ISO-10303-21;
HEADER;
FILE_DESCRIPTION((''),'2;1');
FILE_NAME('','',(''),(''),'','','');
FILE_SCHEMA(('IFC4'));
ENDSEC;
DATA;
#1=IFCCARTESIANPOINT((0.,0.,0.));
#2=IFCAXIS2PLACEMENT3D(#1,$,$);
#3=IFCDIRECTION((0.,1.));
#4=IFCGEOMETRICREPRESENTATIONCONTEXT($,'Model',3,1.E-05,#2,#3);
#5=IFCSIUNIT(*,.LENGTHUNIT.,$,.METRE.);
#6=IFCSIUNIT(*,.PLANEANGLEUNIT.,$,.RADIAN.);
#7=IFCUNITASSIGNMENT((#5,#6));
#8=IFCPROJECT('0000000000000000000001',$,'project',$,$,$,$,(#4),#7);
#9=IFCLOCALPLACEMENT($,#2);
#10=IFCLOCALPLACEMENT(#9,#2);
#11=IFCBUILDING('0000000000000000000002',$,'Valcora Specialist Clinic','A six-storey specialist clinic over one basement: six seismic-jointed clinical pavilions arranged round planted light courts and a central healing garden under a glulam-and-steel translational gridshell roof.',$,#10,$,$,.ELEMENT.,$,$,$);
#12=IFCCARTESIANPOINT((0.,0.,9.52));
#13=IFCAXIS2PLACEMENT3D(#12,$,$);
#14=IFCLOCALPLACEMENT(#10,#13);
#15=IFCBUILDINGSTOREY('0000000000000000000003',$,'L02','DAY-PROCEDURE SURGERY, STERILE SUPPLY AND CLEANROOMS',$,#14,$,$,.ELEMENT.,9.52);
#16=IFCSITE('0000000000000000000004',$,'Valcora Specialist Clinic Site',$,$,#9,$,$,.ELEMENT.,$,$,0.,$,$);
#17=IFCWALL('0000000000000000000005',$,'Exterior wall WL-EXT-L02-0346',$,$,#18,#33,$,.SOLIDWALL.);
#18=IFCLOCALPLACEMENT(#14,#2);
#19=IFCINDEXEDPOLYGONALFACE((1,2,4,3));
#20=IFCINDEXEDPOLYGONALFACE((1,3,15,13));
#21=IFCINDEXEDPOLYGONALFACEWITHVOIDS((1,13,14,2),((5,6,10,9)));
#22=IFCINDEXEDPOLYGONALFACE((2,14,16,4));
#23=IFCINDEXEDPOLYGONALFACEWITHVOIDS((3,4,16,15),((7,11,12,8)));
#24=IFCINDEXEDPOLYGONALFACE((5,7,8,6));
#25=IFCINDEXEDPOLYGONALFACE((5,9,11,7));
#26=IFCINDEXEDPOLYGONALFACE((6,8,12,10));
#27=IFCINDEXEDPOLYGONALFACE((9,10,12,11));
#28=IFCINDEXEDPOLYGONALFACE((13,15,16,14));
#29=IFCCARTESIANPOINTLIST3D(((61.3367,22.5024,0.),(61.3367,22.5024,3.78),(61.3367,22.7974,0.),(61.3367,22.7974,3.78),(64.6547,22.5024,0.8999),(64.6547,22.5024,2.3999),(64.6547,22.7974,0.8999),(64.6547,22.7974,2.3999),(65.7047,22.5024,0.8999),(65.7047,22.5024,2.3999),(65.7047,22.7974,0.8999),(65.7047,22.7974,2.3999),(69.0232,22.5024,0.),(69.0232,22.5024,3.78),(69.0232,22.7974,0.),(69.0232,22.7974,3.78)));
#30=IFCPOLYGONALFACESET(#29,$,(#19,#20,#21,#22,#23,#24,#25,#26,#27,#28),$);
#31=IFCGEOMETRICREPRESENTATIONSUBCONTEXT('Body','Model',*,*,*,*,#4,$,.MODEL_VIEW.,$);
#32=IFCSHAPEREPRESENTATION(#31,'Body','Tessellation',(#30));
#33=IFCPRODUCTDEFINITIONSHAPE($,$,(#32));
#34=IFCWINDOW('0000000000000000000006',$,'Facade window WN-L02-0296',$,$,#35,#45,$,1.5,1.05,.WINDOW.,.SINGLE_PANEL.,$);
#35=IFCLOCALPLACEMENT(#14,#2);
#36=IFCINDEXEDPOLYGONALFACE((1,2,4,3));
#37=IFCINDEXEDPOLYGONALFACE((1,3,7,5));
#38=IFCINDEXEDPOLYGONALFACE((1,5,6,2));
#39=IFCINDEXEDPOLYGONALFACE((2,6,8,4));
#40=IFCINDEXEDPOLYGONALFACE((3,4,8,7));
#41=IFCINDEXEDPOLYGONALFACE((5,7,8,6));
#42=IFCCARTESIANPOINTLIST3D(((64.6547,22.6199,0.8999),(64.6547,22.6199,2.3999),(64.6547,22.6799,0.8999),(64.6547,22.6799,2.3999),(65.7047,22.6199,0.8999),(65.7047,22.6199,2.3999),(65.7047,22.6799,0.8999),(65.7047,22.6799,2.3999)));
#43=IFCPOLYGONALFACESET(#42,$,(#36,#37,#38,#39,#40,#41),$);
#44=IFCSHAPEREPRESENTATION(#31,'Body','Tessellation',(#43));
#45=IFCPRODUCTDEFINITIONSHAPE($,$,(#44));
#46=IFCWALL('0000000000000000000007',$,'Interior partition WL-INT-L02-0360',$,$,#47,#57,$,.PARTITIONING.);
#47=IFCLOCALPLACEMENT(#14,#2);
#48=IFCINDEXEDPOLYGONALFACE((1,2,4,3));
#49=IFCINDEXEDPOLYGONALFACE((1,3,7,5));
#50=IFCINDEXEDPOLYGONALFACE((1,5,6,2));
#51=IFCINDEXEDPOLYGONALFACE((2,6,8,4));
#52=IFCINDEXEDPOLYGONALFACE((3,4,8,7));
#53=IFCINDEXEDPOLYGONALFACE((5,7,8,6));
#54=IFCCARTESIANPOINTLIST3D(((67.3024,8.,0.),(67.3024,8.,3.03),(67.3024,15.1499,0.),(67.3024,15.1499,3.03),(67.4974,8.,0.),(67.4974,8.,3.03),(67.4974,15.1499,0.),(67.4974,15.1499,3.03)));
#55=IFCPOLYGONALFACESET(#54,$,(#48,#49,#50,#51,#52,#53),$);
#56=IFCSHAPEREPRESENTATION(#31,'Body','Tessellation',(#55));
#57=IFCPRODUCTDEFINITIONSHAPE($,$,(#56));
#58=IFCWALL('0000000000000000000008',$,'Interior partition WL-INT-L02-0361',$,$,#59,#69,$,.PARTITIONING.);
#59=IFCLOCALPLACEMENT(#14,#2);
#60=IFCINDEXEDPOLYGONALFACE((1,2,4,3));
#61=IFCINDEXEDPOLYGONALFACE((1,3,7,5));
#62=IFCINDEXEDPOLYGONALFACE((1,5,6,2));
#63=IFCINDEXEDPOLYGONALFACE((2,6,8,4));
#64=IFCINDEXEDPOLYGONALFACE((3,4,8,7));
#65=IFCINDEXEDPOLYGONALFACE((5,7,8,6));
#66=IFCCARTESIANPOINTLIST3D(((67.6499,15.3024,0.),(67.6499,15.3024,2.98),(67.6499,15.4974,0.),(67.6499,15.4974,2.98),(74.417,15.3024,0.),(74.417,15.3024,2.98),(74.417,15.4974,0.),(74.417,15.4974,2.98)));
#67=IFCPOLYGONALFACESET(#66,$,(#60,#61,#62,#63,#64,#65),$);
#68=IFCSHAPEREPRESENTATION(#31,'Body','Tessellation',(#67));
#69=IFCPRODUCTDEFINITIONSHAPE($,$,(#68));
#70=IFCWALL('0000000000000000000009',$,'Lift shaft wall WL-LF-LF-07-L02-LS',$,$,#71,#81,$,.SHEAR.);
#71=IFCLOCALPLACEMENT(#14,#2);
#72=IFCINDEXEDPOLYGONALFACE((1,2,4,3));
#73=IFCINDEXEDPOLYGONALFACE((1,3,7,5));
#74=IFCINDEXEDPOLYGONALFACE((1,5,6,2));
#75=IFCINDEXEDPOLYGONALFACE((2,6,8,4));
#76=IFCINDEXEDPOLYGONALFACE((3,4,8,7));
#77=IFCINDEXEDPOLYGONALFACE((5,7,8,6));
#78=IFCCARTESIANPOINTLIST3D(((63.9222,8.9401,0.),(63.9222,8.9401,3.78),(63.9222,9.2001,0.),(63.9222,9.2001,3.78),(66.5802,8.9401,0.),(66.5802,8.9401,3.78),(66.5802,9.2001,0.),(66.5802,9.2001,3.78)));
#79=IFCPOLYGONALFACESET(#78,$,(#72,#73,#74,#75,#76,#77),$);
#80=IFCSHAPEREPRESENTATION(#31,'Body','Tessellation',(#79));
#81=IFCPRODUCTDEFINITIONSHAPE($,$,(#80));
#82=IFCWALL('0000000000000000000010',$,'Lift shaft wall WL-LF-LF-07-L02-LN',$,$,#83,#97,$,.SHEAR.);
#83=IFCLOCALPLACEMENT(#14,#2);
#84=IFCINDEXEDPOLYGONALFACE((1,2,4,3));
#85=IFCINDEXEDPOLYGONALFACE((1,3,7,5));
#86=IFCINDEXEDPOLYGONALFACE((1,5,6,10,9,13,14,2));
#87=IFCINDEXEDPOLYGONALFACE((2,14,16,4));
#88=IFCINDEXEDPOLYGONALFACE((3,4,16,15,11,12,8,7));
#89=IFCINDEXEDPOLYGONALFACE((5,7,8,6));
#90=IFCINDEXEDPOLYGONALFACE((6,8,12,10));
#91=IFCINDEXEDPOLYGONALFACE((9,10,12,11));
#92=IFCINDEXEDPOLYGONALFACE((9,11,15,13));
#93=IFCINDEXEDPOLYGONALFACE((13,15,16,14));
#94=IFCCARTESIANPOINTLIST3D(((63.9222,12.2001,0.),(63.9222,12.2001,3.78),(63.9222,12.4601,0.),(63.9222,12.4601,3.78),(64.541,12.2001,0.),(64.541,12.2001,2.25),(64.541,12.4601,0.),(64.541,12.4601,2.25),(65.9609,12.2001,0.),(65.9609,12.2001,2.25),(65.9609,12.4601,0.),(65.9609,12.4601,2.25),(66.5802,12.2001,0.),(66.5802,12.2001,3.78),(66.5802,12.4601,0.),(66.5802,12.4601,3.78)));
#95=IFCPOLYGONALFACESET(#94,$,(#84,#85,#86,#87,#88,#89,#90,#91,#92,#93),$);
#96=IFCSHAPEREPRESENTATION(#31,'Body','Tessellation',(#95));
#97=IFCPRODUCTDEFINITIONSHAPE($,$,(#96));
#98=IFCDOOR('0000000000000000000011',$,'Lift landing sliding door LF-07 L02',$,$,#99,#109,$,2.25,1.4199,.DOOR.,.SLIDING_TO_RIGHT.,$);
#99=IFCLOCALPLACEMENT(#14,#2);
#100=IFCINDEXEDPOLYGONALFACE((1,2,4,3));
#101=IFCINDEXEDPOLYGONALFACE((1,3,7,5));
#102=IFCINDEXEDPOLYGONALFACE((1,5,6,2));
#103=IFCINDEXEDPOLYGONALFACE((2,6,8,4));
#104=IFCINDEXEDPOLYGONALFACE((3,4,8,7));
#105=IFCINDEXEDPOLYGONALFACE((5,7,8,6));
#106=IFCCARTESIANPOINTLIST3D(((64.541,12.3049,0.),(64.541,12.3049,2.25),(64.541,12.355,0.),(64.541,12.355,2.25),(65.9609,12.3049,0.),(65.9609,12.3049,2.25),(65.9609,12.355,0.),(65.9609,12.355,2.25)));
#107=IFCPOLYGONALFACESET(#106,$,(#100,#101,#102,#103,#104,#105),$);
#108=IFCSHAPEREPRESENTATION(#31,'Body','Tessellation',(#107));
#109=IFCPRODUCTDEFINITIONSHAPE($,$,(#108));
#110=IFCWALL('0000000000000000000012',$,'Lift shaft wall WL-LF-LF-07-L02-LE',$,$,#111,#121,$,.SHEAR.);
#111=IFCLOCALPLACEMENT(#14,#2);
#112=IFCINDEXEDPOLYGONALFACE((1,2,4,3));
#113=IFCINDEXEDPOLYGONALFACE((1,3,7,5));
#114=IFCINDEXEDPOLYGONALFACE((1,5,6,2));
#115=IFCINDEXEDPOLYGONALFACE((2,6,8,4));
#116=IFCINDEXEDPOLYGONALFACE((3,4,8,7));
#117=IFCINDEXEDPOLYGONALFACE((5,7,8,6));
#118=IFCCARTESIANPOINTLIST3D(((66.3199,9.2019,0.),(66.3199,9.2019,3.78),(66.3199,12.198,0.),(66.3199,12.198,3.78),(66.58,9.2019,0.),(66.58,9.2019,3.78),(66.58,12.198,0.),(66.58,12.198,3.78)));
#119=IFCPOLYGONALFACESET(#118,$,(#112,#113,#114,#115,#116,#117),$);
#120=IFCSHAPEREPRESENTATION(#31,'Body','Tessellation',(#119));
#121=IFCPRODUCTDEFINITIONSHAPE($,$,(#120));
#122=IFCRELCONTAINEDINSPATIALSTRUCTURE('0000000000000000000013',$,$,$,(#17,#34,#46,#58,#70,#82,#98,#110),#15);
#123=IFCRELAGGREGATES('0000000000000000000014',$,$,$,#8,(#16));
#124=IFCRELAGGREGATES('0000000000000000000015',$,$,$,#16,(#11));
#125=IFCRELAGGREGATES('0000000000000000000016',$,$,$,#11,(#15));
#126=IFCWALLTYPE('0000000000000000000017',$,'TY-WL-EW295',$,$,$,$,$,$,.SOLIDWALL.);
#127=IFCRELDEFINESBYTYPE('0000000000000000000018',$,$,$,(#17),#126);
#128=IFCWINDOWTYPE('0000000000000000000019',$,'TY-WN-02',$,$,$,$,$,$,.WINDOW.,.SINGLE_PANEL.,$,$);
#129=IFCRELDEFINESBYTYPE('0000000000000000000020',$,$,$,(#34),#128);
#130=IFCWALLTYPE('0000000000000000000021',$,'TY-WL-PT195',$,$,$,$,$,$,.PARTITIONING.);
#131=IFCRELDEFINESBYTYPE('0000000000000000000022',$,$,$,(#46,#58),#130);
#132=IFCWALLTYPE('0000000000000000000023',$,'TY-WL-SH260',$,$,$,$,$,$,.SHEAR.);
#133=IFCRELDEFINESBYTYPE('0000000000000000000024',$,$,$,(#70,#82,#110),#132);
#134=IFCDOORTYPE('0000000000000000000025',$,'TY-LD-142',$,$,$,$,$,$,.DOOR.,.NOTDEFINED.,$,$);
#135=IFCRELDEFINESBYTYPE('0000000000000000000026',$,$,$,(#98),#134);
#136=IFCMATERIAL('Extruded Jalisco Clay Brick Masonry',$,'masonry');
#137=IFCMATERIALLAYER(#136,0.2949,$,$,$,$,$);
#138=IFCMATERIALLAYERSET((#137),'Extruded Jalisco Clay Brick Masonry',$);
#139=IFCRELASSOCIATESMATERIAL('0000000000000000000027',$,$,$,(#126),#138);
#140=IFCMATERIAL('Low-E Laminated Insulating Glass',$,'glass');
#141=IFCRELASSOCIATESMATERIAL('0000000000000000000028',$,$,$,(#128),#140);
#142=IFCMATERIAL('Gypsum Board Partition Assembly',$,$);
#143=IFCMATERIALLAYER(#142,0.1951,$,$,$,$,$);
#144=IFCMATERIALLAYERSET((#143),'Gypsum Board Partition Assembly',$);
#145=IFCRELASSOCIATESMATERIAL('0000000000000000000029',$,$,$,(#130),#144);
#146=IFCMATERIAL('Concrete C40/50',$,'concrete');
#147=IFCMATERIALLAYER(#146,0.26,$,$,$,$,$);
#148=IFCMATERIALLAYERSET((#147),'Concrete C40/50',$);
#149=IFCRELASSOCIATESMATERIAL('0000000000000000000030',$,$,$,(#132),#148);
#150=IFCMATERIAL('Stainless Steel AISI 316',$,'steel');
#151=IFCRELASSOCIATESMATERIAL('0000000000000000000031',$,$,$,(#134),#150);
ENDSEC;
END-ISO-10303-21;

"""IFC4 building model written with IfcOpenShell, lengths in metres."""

from ifc_helpers import new_model, si_unit, direction, frame, frame_2d, origin, place, context, subcontext, project, spatial, rectangle, extrude, material, layer, layer_set, type_object, element, fill, save


model = new_model("IFC4")

# Units and contexts
model_context = context("Model", 3, precision=1e-05, world=origin(), true_north=direction((0.0, 1.0)))
body_context = subcontext(model_context, "Body", "Model", "MODEL_VIEW")
ifc_project = project(units=[si_unit("LENGTHUNIT", "METRE"), si_unit("PLANEANGLEUNIT", "RADIAN")], contexts=[model_context])

# Site, building, storey
site_placement = place(None, origin())
site = spatial("IfcSite", under=ifc_project, at=site_placement, Name="Valcora Specialist Clinic Site", CompositionType="ELEMENT", RefElevation=0.0)
building_placement = place(site_placement, origin())
building = spatial("IfcBuilding", under=site, at=building_placement, Name="Valcora Specialist Clinic", Description="A six-storey specialist clinic over one basement: six seismic-jointed clinical pavilions arranged round planted light courts and a central healing garden under a glulam-and-steel translational gridshell roof.", CompositionType="ELEMENT")
storey_placement = place(building_placement, frame((0.0, 0.0, 9.52)))
storey = spatial("IfcBuildingStorey", under=building, at=storey_placement, Name="L02", Description="DAY-PROCEDURE SURGERY, STERILE SUPPLY AND CLEANROOMS", CompositionType="ELEMENT", Elevation=9.52)

# Shared definitions
ifc_material_1 = material(Name="Concrete C40/50", Category="concrete")

# Wall, opening, window
ifc_material_2 = material(Name="Extruded Jalisco Clay Brick Masonry", Category="masonry")
ifc_layer_1 = layer(ifc_material_2, 0.2949)
ifc_layer_set_1 = layer_set([ifc_layer_1], Name="Extruded Jalisco Clay Brick Masonry")
wall_type_1 = type_object("IfcWallType", Name="TY-WL-EW295", PredefinedType="SOLIDWALL", material=ifc_layer_set_1)
wall_1_placement = place(storey_placement, frame((61.3367, 22.6499, 0.0), z_axis=(0.0, 0.0, 1.0), x_axis=(1.0, 0.0, 0.0)))
wall_1 = element("IfcWall", 1, at=wall_1_placement, inside=storey, type_object=wall_type_1, Name="Exterior wall WL-EXT-L02-0346", PredefinedType="SOLIDWALL", context=body_context, shape_type="SweptSolid", body=[
    extrude(rectangle(XDim=7.6865, YDim=0.2949, at=frame_2d((3.8433, 0.0))), origin(), (0.0, 0.0, 1.0), 3.78),
])
opening_1_placement = place(wall_1_placement, frame((3.3181, 0.0, 0.8999)))
opening_1 = element("IfcOpeningElement", 2, at=opening_1_placement, cuts=wall_1, PredefinedType="OPENING", context=body_context, shape_type="SweptSolid", body=[
    extrude(rectangle(XDim=1.05, YDim=1.5, at=frame_2d((0.5249, 0.75))), frame((0.0, 0.1575, 0.0), z_axis=(0.0, -1.0, 0.0), x_axis=(1.0, 0.0, 0.0)), (0.0, 0.0, 1.0), 0.3149),
])
ifc_material_3 = material(Name="Low-E Laminated Insulating Glass", Category="glass")
window_type = type_object("IfcWindowType", Name="TY-WN-02", PartitioningType="SINGLE_PANEL", PredefinedType="WINDOW", material=ifc_material_3)
window_placement = place(opening_1_placement, origin())
window = element("IfcWindow", 3, at=window_placement, inside=storey, type_object=window_type, Name="Facade window WN-L02-0296", OverallHeight=1.5, OverallWidth=1.05, PartitioningType="SINGLE_PANEL", PredefinedType="WINDOW", context=body_context, shape_type="SweptSolid", body=[
    extrude(rectangle(XDim=1.05, YDim=1.5, at=frame_2d((0.5249, 0.75))), frame((0.0, 0.03, 0.0), z_axis=(0.0, -1.0, 0.0), x_axis=(1.0, 0.0, 0.0)), (0.0, 0.0, 1.0), 0.0601),
])
fill(opening_1, window)

# Shared definitions
ifc_material_4 = material(Name="Gypsum Board Partition Assembly")

# Walls
ifc_layer_2 = layer(ifc_material_4, 0.1951)
ifc_layer_set_2 = layer_set([ifc_layer_2], Name="Gypsum Board Partition Assembly")
wall_type_2 = type_object("IfcWallType", Name="TY-WL-PT195", PredefinedType="PARTITIONING", material=ifc_layer_set_2)
wall_2_placement = place(storey_placement, frame((67.3999, 8.0, 0.0), z_axis=(0.0, 0.0, 1.0), x_axis=(0.0, 1.0, 0.0)))
element("IfcWall", 4, at=wall_2_placement, inside=storey, type_object=wall_type_2, Name="Interior partition WL-INT-L02-0360", PredefinedType="PARTITIONING", context=body_context, shape_type="SweptSolid", body=[
    extrude(rectangle(XDim=7.1499, YDim=0.1951, at=frame_2d((3.575, 0.0))), origin(), (0.0, 0.0, 1.0), 3.03),
])
wall_3_placement = place(storey_placement, frame((67.6499, 15.3999, 0.0), z_axis=(0.0, 0.0, 1.0), x_axis=(1.0, 0.0, 0.0)))
element("IfcWall", 5, at=wall_3_placement, inside=storey, type_object=wall_type_2, Name="Interior partition WL-INT-L02-0361", PredefinedType="PARTITIONING", context=body_context, shape_type="SweptSolid", body=[
    extrude(rectangle(XDim=6.7671, YDim=0.1951, at=frame_2d((3.3835, 0.0))), origin(), (0.0, 0.0, 1.0), 2.98),
])
ifc_layer_3 = layer(ifc_material_1, 0.26)
ifc_layer_set_3 = layer_set([ifc_layer_3], Name="Concrete C40/50")
wall_type_3 = type_object("IfcWallType", Name="TY-WL-SH260", PredefinedType="SHEAR", material=ifc_layer_set_3)
wall_4_placement = place(storey_placement, frame((63.9221, 9.0701, 0.0), z_axis=(0.0, 0.0, 1.0), x_axis=(1.0, 0.0, 0.0)))
element("IfcWall", 6, at=wall_4_placement, inside=storey, type_object=wall_type_3, Name="Lift shaft wall WL-LF-LF-07-L02-LS", PredefinedType="SHEAR", context=body_context, shape_type="SweptSolid", body=[
    extrude(rectangle(XDim=2.658, YDim=0.26, at=frame_2d((1.3291, 0.0))), origin(), (0.0, 0.0, 1.0), 3.78),
])

# Wall, opening, door
wall_5_placement = place(storey_placement, frame((63.9221, 12.3301, 0.0), z_axis=(0.0, 0.0, 1.0), x_axis=(1.0, 0.0, 0.0)))
wall_5 = element("IfcWall", 7, at=wall_5_placement, inside=storey, type_object=wall_type_3, Name="Lift shaft wall WL-LF-LF-07-L02-LN", PredefinedType="SHEAR", context=body_context, shape_type="SweptSolid", body=[
    extrude(rectangle(XDim=2.658, YDim=0.26, at=frame_2d((1.3291, 0.0))), origin(), (0.0, 0.0, 1.0), 3.78),
])
opening_2_placement = place(wall_5_placement, frame((0.6189, 0.0, 0.0)))
opening_2 = element("IfcOpeningElement", 8, at=opening_2_placement, cuts=wall_5, PredefinedType="OPENING", context=body_context, shape_type="SweptSolid", body=[
    extrude(rectangle(XDim=1.4199, YDim=2.25, at=frame_2d((0.71, 1.125))), frame((0.0, 0.1399, 0.0), z_axis=(0.0, -1.0, 0.0), x_axis=(1.0, 0.0, 0.0)), (0.0, 0.0, 1.0), 0.28),
])
ifc_material_5 = material(Name="Stainless Steel AISI 316", Category="steel")
door_type_1 = type_object("IfcDoorType", Name="TY-LD-142", OperationType="NOTDEFINED", PredefinedType="DOOR", material=ifc_material_5)
door_1_placement = place(opening_2_placement, origin())
door_1 = element("IfcDoor", 9, at=door_1_placement, inside=storey, type_object=door_type_1, Name="Lift landing sliding door LF-07 L02", OperationType="SLIDING_TO_RIGHT", OverallHeight=2.25, OverallWidth=1.4199, PredefinedType="DOOR", context=body_context, shape_type="SweptSolid", body=[
    extrude(rectangle(XDim=1.4199, YDim=2.25, at=frame_2d((0.71, 1.125))), frame((0.0, 0.0249, 0.0), z_axis=(0.0, -1.0, 0.0), x_axis=(1.0, 0.0, 0.0)), (0.0, 0.0, 1.0), 0.05),
])
fill(opening_2, door_1)

# Wall
wall_6_placement = place(storey_placement, frame((66.45, 9.2019, 0.0), z_axis=(0.0, 0.0, 1.0), x_axis=(0.0, 1.0, 0.0)))
element("IfcWall", 10, at=wall_6_placement, inside=storey, type_object=wall_type_3, Name="Lift shaft wall WL-LF-LF-07-L02-LE", PredefinedType="SHEAR", context=body_context, shape_type="SweptSolid", body=[
    extrude(rectangle(XDim=2.9961, YDim=0.26, at=frame_2d((1.498, 0.0))), origin(), (0.0, 0.0, 1.0), 3.78),
])

save(model, "model.ifc")
